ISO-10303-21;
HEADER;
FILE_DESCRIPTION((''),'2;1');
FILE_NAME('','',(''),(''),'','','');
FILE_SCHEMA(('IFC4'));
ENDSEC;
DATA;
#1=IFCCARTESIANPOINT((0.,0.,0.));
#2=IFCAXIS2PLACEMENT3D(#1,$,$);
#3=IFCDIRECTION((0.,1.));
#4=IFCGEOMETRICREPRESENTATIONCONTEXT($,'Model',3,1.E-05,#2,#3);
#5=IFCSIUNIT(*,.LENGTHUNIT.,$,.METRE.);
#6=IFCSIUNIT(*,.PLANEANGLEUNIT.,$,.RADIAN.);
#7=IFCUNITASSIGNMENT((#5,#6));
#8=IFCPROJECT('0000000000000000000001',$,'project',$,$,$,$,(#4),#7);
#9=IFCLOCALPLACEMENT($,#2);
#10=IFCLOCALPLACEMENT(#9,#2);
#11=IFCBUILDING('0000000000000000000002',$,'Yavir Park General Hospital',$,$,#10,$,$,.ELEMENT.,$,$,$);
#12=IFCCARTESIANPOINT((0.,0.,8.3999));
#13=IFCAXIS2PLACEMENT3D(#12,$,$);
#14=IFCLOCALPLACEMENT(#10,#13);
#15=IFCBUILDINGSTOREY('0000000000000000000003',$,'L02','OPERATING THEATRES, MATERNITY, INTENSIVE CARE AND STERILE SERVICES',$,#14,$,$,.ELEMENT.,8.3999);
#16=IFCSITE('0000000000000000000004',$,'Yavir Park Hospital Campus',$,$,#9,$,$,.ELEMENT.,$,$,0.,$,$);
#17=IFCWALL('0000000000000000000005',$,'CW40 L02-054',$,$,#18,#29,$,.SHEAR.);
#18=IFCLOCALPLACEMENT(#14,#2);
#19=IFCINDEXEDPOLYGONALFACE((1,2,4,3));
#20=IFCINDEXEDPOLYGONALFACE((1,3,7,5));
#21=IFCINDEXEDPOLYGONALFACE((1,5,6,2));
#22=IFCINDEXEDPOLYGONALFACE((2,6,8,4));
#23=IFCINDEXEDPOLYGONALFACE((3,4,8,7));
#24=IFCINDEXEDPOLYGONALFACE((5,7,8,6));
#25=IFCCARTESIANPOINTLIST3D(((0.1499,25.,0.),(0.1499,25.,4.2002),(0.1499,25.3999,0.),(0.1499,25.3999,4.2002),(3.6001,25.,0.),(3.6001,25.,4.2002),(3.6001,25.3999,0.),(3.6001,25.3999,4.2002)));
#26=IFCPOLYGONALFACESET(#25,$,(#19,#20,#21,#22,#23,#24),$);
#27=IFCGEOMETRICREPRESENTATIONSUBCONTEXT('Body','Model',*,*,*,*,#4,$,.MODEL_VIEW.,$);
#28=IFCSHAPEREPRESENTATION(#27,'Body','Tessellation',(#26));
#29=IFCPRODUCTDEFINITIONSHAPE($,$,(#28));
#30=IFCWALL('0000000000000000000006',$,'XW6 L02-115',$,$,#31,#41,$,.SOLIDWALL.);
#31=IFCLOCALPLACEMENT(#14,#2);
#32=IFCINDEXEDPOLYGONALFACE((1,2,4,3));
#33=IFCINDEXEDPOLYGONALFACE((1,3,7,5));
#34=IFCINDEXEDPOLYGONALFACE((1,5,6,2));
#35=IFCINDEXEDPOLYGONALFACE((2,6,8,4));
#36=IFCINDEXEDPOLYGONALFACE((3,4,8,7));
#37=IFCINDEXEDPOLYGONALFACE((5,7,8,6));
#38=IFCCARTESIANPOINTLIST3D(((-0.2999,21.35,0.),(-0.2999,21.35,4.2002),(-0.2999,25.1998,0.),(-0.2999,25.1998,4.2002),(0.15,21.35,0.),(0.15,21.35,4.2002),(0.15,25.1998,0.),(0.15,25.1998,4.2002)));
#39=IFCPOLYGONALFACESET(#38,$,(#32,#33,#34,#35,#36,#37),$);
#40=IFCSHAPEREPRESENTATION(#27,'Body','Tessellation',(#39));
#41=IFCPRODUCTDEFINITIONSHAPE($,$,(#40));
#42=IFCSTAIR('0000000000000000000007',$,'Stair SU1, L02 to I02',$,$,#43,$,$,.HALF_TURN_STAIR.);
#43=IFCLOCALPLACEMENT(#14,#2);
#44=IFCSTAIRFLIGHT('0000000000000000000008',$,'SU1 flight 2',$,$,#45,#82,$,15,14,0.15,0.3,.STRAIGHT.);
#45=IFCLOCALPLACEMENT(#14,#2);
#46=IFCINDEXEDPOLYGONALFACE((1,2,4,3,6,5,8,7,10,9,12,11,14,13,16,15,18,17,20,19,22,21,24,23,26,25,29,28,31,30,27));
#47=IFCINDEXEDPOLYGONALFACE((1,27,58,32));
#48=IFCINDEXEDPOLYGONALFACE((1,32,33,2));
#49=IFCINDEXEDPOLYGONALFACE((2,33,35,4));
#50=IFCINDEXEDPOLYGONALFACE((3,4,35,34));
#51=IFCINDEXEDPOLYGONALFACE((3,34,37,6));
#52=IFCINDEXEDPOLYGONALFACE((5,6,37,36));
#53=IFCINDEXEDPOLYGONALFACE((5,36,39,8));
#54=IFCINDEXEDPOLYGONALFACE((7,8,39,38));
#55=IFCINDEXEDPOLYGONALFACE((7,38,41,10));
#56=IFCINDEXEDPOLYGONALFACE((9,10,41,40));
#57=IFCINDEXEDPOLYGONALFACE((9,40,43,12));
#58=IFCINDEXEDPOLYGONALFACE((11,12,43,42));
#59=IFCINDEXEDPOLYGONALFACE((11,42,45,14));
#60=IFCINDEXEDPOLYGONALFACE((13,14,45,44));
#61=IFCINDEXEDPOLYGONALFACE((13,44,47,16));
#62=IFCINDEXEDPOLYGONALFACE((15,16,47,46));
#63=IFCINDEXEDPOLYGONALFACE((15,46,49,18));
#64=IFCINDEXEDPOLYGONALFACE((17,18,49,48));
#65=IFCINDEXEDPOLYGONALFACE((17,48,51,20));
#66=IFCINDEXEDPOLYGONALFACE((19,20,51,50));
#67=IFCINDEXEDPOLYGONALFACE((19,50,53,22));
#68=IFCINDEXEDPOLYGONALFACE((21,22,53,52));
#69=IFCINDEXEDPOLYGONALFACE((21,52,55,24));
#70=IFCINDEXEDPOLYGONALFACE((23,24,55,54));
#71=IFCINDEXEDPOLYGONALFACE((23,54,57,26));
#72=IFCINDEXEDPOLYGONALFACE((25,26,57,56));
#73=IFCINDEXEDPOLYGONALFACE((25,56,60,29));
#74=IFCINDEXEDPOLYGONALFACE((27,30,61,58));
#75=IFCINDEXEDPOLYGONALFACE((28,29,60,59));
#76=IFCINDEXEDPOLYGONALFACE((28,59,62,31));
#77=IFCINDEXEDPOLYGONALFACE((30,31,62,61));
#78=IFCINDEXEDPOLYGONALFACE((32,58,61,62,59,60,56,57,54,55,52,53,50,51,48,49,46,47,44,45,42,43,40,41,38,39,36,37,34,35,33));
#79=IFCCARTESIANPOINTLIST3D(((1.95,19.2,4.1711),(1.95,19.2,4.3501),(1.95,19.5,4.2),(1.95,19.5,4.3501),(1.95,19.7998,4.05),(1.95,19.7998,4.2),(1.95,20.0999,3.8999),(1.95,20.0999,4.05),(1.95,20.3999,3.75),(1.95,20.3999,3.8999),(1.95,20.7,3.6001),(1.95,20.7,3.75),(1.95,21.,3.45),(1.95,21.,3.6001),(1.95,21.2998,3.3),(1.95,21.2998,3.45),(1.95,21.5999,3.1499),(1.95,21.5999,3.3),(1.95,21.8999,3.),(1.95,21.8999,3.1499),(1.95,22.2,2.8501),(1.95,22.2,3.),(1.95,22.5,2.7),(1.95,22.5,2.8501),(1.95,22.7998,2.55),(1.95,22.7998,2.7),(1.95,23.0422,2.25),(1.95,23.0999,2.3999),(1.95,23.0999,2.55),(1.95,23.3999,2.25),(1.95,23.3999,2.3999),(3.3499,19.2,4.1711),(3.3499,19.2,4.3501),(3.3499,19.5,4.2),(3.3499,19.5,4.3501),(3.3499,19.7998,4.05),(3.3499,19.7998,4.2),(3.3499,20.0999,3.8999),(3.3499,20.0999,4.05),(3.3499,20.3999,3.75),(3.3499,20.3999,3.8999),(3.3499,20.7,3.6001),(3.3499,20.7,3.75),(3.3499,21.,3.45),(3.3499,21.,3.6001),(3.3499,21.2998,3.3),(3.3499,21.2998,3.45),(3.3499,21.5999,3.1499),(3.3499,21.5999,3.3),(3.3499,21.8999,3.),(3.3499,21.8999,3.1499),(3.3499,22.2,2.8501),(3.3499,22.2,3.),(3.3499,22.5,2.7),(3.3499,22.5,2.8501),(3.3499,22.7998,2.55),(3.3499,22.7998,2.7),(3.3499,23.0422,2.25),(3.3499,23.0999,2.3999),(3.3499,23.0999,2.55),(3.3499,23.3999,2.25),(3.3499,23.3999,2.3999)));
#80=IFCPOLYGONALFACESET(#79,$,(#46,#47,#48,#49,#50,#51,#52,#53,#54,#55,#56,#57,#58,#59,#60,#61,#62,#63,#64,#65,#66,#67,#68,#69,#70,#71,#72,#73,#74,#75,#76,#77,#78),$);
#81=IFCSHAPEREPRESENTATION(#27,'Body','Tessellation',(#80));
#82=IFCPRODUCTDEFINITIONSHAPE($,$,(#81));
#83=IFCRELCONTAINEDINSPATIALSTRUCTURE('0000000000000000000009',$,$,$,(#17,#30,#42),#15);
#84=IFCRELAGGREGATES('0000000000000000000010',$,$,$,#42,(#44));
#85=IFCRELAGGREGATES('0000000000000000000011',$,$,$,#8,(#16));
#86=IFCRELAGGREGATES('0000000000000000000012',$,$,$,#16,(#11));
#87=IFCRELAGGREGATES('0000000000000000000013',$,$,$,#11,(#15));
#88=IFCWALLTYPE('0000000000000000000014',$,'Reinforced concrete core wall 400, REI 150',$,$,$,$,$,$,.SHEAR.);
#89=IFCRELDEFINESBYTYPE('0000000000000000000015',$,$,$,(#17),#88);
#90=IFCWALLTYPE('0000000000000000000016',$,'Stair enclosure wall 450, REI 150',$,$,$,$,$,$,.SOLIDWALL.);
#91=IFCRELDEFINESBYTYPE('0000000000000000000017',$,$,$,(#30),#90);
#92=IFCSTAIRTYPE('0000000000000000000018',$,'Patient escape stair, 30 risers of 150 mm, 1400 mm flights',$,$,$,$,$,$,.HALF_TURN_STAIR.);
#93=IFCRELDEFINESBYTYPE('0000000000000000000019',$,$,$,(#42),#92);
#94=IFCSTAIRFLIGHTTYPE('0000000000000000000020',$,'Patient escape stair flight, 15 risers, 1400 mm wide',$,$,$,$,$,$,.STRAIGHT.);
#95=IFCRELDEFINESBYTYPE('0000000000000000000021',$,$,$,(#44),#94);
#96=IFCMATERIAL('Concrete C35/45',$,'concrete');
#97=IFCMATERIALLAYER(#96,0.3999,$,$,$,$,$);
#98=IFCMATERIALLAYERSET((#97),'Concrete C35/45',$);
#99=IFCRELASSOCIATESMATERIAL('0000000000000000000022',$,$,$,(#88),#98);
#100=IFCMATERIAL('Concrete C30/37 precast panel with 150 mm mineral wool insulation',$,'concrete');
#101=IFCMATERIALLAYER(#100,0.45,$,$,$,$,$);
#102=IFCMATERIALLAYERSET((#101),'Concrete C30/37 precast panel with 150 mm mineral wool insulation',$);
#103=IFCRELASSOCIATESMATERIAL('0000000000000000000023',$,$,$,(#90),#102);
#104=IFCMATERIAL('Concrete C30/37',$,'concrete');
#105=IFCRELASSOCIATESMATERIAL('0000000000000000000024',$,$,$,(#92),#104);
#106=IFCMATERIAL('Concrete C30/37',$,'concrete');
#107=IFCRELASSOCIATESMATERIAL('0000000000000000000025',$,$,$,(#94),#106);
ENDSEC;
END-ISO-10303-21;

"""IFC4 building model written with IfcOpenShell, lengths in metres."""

from ifc_helpers import new_model, si_unit, direction, frame, frame_2d, origin, place, context, subcontext, project, spatial, polyline, rectangle, outline, extrude, material, layer, layer_set, type_object, element, aggregate, save


model = new_model("IFC4")

# Units and contexts
model_context = context("Model", 3, precision=1e-05, world=origin(), true_north=direction((0.0, 1.0)))
body_context = subcontext(model_context, "Body", "Model", "MODEL_VIEW")
ifc_project = project(units=[si_unit("LENGTHUNIT", "METRE"), si_unit("PLANEANGLEUNIT", "RADIAN")], contexts=[model_context])

# Site, building, storey
site_placement = place(None, origin())
site = spatial("IfcSite", under=ifc_project, at=site_placement, Name="Yavir Park Hospital Campus", CompositionType="ELEMENT", RefElevation=0.0)
building_placement = place(site_placement, origin())
building = spatial("IfcBuilding", under=site, at=building_placement, Name="Yavir Park General Hospital", CompositionType="ELEMENT")
storey_placement = place(building_placement, frame((0.0, 0.0, 8.3999)))
storey = spatial("IfcBuildingStorey", under=building, at=storey_placement, Name="L02", Description="OPERATING THEATRES, MATERNITY, INTENSIVE CARE AND STERILE SERVICES", CompositionType="ELEMENT", Elevation=8.3999)

# Walls
ifc_material_1 = material(Name="Concrete C35/45", Category="concrete")
ifc_layer_1 = layer(ifc_material_1, 0.3999)
ifc_layer_set_1 = layer_set([ifc_layer_1], Name="Concrete C35/45")
wall_type_1 = type_object("IfcWallType", Name="Reinforced concrete core wall 400, REI 150", PredefinedType="SHEAR", material=ifc_layer_set_1)
wall_1_placement = place(storey_placement, frame((0.1499, 25.2, 0.0), z_axis=(0.0, 0.0, 1.0), x_axis=(1.0, 0.0, 0.0)))
element("IfcWall", 1, at=wall_1_placement, inside=storey, type_object=wall_type_1, Name="CW40 L02-054", PredefinedType="SHEAR", context=body_context, shape_type="SweptSolid", body=[
    extrude(rectangle(XDim=3.4502, YDim=0.3999, at=frame_2d((1.7251, 0.0))), origin(), (0.0, 0.0, 1.0), 4.2002),
])
ifc_material_2 = material(Name="Concrete C30/37 precast panel with 150 mm mineral wool insulation", Category="concrete")
ifc_layer_2 = layer(ifc_material_2, 0.45)
ifc_layer_set_2 = layer_set([ifc_layer_2], Name="Concrete C30/37 precast panel with 150 mm mineral wool insulation")
wall_type_2 = type_object("IfcWallType", Name="Stair enclosure wall 450, REI 150", PredefinedType="SOLIDWALL", material=ifc_layer_set_2)
wall_2_placement = place(storey_placement, frame((-0.075, 21.3501, 0.0), z_axis=(0.0, 0.0, 1.0), x_axis=(0.0, 1.0, 0.0)))
element("IfcWall", 2, at=wall_2_placement, inside=storey, type_object=wall_type_2, Name="XW6 L02-115", PredefinedType="SOLIDWALL", context=body_context, shape_type="SweptSolid", body=[
    extrude(rectangle(XDim=3.8499, YDim=0.45, at=frame_2d((1.9248, 0.0))), origin(), (0.0, 0.0, 1.0), 4.2002),
])

# Stair, stair flight
ifc_material_3 = material(Name="Concrete C30/37", Category="concrete")
stair_type = type_object("IfcStairType", Name="Patient escape stair, 30 risers of 150 mm, 1400 mm flights", PredefinedType="HALF_TURN_STAIR", material=ifc_material_3)
stair_placement = place(storey_placement, origin())
stair = element("IfcStair", 3, at=stair_placement, inside=storey, type_object=stair_type, Name="Stair SU1, L02 to I02", PredefinedType="HALF_TURN_STAIR")
ifc_material_4 = material(Name="Concrete C30/37", Category="concrete")
stair_flight_type = type_object("IfcStairFlightType", Name="Patient escape stair flight, 15 risers, 1400 mm wide", PredefinedType="STRAIGHT", material=ifc_material_4)
stair_flight_placement = place(storey_placement, frame((2.6499, 23.3999, 2.25), z_axis=(0.0, 0.0, 1.0), x_axis=(0.0, -1.0, 0.0)))
stair_flight = element("IfcStairFlight", 4, at=stair_flight_placement, type_object=stair_flight_type, Name="SU1 flight 2", NumberOfRisers=15, NumberOfTreads=14, PredefinedType="STRAIGHT", RiserHeight=0.15, TreadLength=0.3, context=body_context, shape_type="SweptSolid", body=[
    extrude(outline(polyline([(0.0, 0.0), (0.0, 0.1499), (0.3, 0.1499), (0.3, 0.3), (0.6001, 0.3), (0.6001, 0.45), (0.8999, 0.45), (0.8999, 0.6001), (1.2, 0.6001), (1.2, 0.75), (1.5, 0.75), (1.5, 0.8999), (1.8, 0.8999), (1.8, 1.05), (2.1001, 1.05), (2.1001, 1.2), (2.3999, 1.2), (2.3999, 1.3501), (2.7, 1.3501), (2.7, 1.5), (3.0, 1.5), (3.0, 1.6499), (3.3, 1.6499), (3.3, 1.8), (3.6001, 1.8), (3.6001, 1.95), (3.8999, 1.95), (3.8999, 2.1001), (4.2, 2.1001), (4.2, 2.25), (4.2, 1.9211), (0.3577, 0.0), (0.0, 0.0)])), frame((0.0, 0.7, 0.0), z_axis=(0.0, -1.0, 0.0), x_axis=(1.0, 0.0, 0.0)), (0.0, 0.0, 1.0), 1.3999),
])
aggregate(stair, [stair_flight])

save(model, "model.ifc")
